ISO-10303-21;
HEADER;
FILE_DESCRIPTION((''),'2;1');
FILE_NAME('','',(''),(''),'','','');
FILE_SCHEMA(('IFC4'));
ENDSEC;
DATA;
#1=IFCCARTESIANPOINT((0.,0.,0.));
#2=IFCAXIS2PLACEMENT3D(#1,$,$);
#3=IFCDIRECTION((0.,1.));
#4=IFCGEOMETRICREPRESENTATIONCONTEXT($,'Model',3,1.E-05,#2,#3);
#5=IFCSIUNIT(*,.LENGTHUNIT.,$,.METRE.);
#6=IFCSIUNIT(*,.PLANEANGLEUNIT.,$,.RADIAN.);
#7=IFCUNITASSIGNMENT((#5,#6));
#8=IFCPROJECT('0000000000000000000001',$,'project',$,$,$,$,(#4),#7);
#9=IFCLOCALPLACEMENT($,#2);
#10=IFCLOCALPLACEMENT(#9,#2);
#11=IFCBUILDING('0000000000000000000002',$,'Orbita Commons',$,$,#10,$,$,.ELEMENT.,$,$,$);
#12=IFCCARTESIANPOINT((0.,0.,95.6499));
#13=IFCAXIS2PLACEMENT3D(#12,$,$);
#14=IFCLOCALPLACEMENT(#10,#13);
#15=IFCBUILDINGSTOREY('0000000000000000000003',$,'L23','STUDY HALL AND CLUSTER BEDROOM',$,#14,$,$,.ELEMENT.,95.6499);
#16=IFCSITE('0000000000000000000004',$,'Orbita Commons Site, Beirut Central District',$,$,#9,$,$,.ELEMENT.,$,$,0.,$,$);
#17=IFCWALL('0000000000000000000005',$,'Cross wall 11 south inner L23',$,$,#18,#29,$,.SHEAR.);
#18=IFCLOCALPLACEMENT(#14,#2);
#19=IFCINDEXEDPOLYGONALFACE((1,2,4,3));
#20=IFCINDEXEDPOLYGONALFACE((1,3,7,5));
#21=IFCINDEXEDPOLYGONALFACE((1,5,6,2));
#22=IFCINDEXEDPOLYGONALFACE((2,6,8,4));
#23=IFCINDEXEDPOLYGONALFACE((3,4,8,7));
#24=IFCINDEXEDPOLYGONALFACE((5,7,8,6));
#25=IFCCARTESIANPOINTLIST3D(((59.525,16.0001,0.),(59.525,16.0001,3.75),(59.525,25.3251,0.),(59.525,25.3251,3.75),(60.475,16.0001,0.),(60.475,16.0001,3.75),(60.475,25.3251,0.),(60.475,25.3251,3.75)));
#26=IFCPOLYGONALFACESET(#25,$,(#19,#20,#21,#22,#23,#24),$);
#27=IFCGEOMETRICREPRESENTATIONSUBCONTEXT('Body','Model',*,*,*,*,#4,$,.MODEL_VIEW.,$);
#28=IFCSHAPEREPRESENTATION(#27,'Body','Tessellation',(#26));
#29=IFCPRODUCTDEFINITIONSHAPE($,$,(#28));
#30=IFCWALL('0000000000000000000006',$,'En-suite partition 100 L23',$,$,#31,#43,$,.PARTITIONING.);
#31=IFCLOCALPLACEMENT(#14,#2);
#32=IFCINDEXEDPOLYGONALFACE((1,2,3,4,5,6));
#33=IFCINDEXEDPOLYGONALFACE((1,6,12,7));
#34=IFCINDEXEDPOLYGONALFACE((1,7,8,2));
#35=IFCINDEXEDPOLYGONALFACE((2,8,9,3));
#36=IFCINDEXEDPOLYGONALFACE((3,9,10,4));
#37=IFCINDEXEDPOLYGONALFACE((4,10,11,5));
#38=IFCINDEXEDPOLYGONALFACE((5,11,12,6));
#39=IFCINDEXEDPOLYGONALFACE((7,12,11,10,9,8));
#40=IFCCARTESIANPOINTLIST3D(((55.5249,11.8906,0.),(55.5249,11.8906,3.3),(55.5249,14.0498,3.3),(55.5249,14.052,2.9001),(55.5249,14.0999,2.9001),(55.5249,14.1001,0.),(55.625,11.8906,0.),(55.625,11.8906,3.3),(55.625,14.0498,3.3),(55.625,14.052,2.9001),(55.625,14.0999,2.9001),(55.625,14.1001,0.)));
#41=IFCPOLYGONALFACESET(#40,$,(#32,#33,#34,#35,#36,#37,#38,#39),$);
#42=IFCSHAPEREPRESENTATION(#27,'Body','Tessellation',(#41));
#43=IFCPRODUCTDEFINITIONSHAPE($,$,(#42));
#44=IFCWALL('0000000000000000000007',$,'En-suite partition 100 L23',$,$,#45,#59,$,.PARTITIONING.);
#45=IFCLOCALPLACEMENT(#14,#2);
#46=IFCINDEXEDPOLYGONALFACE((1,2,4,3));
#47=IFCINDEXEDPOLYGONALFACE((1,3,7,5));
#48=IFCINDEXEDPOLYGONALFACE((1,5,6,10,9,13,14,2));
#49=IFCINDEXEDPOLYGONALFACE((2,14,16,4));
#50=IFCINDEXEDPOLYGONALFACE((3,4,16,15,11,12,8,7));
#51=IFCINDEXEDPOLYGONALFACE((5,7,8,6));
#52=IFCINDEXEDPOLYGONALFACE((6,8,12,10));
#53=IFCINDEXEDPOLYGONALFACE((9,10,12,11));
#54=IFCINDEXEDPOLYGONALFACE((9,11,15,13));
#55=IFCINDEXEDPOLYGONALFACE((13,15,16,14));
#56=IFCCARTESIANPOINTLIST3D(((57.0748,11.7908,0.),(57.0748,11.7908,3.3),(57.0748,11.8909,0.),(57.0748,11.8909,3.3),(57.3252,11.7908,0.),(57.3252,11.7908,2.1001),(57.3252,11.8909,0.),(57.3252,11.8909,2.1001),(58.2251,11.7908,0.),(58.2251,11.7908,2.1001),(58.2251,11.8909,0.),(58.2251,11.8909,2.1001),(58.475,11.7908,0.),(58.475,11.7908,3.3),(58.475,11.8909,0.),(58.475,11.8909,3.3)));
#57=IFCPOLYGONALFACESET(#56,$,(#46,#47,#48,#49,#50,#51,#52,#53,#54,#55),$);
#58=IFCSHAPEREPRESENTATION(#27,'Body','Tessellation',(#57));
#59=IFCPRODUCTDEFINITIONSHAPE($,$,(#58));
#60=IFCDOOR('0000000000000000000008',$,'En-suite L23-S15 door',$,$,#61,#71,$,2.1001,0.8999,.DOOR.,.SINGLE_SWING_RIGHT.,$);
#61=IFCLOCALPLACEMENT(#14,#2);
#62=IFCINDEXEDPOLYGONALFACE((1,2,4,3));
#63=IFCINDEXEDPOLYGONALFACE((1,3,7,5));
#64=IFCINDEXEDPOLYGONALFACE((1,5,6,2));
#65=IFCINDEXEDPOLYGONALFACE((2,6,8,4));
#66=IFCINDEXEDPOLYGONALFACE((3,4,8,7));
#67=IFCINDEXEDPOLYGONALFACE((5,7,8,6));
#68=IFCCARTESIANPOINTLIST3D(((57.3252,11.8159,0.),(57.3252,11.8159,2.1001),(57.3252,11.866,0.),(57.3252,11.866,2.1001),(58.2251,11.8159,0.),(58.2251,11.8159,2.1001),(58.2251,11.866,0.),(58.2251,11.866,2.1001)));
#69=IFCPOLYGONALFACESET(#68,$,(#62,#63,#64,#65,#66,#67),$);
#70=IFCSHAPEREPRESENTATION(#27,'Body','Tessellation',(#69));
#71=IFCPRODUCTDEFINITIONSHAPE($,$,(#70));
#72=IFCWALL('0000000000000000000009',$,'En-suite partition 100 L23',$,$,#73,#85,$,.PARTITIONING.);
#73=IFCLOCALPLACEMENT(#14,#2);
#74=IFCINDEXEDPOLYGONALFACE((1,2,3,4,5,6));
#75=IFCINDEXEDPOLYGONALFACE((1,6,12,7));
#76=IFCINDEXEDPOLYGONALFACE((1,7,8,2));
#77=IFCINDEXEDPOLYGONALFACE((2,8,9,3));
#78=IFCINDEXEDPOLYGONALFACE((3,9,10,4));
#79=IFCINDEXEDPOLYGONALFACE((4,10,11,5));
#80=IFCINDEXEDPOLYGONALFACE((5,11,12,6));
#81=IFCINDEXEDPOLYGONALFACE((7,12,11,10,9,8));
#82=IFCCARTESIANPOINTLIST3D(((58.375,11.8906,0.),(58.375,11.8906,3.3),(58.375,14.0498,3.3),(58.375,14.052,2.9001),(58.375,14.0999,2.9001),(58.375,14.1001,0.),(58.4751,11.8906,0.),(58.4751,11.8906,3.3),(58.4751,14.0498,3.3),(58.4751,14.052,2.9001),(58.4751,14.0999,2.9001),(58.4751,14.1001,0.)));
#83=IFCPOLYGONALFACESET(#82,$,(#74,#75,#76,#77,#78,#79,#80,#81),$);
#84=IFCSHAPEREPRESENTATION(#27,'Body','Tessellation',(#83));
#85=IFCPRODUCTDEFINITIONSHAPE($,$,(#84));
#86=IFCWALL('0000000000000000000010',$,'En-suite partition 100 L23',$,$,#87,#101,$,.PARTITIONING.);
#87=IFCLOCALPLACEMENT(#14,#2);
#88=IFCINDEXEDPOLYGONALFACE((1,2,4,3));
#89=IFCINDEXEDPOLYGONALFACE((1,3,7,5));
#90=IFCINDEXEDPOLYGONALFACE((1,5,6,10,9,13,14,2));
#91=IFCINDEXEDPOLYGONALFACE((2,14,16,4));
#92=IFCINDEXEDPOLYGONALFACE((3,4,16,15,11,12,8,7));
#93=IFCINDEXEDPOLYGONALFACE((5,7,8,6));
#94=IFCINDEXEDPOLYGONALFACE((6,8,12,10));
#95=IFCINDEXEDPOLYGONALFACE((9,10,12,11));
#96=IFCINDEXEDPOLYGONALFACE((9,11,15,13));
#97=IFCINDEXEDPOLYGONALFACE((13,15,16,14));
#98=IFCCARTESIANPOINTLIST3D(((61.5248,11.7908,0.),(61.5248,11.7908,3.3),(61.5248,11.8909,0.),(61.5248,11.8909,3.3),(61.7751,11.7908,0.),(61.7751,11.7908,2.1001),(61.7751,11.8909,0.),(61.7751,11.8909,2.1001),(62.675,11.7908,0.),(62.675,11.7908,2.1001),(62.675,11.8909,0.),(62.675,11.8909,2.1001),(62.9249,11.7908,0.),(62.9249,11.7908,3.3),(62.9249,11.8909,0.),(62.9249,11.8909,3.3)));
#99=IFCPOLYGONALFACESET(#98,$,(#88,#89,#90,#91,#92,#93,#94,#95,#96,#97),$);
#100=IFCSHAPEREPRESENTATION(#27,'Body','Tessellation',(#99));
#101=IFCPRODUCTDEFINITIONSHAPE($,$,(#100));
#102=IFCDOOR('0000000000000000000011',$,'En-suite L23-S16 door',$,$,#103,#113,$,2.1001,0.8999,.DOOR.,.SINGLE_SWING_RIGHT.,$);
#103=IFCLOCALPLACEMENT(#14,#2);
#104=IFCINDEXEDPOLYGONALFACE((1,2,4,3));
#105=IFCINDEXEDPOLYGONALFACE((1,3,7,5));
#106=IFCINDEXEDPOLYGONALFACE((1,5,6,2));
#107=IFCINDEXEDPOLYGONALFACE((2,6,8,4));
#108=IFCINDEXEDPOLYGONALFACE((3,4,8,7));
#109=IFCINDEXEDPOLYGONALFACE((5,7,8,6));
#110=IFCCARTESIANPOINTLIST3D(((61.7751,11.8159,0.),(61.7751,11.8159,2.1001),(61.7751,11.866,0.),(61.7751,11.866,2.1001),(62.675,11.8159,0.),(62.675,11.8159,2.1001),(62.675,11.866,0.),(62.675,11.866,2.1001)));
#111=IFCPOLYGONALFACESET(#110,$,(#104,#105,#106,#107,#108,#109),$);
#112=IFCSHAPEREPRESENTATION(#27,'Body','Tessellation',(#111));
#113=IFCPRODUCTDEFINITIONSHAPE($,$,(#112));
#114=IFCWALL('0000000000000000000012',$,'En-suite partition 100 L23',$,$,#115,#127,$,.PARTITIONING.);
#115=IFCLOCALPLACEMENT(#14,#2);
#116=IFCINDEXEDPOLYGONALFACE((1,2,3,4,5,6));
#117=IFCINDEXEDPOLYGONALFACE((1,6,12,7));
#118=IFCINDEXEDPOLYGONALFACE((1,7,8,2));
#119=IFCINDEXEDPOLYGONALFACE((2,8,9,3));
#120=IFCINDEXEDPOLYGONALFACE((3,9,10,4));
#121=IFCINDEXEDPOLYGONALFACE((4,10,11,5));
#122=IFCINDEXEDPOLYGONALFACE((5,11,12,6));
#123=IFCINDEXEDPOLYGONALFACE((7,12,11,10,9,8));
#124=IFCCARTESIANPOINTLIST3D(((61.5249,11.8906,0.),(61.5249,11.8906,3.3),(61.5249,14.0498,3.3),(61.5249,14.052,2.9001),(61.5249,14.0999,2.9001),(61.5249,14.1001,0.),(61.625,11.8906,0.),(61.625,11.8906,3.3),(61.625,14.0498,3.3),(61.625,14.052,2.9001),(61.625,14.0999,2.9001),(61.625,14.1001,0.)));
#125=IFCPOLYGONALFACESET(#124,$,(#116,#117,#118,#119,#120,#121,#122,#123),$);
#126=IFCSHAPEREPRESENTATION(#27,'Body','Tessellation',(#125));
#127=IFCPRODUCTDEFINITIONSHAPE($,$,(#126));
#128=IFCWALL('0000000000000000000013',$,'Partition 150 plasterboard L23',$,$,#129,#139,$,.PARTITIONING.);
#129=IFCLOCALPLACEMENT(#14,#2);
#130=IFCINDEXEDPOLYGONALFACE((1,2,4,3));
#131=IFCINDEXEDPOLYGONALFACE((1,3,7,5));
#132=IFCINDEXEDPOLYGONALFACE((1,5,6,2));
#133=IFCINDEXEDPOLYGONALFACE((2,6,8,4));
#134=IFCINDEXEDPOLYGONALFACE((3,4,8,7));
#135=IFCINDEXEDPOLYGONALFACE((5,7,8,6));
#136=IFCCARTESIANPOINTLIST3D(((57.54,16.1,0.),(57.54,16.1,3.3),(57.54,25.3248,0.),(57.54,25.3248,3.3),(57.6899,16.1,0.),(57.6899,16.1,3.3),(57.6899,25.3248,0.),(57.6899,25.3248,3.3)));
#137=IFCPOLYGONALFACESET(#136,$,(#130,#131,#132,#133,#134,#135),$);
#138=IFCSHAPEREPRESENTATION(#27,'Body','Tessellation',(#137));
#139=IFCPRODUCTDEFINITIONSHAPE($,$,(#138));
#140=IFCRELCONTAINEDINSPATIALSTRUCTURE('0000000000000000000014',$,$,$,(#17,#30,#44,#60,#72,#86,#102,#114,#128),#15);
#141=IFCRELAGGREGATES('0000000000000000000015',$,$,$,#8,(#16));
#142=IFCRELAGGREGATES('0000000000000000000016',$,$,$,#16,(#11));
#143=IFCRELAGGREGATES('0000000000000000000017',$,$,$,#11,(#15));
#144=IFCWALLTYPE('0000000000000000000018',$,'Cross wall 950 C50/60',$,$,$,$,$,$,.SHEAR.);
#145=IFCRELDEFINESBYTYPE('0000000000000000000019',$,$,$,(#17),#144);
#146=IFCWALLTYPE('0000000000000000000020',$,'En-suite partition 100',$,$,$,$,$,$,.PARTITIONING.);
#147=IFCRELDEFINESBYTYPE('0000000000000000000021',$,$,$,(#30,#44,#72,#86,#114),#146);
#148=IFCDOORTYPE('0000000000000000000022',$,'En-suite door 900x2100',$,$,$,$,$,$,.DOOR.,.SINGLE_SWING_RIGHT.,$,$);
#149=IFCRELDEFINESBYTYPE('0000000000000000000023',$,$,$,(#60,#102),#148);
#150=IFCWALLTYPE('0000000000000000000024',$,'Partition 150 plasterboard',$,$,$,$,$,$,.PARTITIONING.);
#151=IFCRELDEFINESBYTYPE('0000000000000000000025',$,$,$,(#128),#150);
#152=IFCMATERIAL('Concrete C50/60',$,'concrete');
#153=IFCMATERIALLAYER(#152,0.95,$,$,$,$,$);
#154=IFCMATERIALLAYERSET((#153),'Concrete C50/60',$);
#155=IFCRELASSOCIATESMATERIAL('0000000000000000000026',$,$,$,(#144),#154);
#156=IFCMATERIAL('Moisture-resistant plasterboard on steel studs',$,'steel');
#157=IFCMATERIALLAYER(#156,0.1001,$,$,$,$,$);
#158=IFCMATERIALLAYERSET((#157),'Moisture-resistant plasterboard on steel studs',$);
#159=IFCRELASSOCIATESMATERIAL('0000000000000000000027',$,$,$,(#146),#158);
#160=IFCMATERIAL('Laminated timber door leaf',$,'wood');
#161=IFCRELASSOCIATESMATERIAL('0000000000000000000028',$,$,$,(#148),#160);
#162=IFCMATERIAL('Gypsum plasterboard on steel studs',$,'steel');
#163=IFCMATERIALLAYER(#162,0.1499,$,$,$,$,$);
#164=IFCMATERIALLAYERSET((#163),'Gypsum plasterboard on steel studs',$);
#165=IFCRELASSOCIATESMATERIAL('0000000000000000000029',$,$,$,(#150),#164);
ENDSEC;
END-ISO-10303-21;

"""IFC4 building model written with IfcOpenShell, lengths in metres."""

from ifc_helpers import new_model, si_unit, direction, frame, frame_2d, origin, place, context, subcontext, project, spatial, polyline, rectangle, outline, extrude, material, layer, layer_set, type_object, element, fill, save


model = new_model("IFC4")

# Units and contexts
model_context = context("Model", 3, precision=1e-05, world=origin(), true_north=direction((0.0, 1.0)))
body_context = subcontext(model_context, "Body", "Model", "MODEL_VIEW")
ifc_project = project(units=[si_unit("LENGTHUNIT", "METRE"), si_unit("PLANEANGLEUNIT", "RADIAN")], contexts=[model_context])

# Site, building, storey
site_placement = place(None, origin())
site = spatial("IfcSite", under=ifc_project, at=site_placement, Name="Orbita Commons Site, Beirut Central District", CompositionType="ELEMENT", RefElevation=0.0)
building_placement = place(site_placement, origin())
building = spatial("IfcBuilding", under=site, at=building_placement, Name="Orbita Commons", CompositionType="ELEMENT")
storey_placement = place(building_placement, frame((0.0, 0.0, 95.6499)))
storey = spatial("IfcBuildingStorey", under=building, at=storey_placement, Name="L23", Description="STUDY HALL AND CLUSTER BEDROOM", CompositionType="ELEMENT", Elevation=95.6499)

# Walls
ifc_material_1 = material(Name="Concrete C50/60", Category="concrete")
ifc_layer_1 = layer(ifc_material_1, 0.95)
ifc_layer_set_1 = layer_set([ifc_layer_1], Name="Concrete C50/60")
wall_type_1 = type_object("IfcWallType", Name="Cross wall 950 C50/60", PredefinedType="SHEAR", material=ifc_layer_set_1)
wall_1_placement = place(storey_placement, frame((60.0, 16.0, 0.0), z_axis=(0.0, 0.0, 1.0), x_axis=(0.0, 1.0, 0.0)))
element("IfcWall", 1, at=wall_1_placement, inside=storey, type_object=wall_type_1, Name="Cross wall 11 south inner L23", PredefinedType="SHEAR", context=body_context, shape_type="SweptSolid", body=[
    extrude(rectangle(XDim=9.325, YDim=0.95, at=frame_2d((4.6626, 0.0))), origin(), (0.0, 0.0, 1.0), 3.75),
])
ifc_material_2 = material(Name="Moisture-resistant plasterboard on steel studs", Category="steel")
ifc_layer_2 = layer(ifc_material_2, 0.1001)
ifc_layer_set_2 = layer_set([ifc_layer_2], Name="Moisture-resistant plasterboard on steel studs")
wall_type_2 = type_object("IfcWallType", Name="En-suite partition 100", PredefinedType="PARTITIONING", material=ifc_layer_set_2)
wall_2_placement = place(storey_placement, frame((55.575, 11.8906, 0.0), z_axis=(0.0, 0.0, 1.0), x_axis=(0.0, 1.0, 0.0)))
element("IfcWall", 2, at=wall_2_placement, inside=storey, type_object=wall_type_2, Name="En-suite partition 100 L23", PredefinedType="PARTITIONING", context=body_context, shape_type="SweptSolid", body=[
    extrude(outline(polyline([(0.0, 0.0), (2.2095, 0.0), (2.2092, 2.9001), (2.1614, 2.9001), (2.1592, 3.3), (0.0, 3.3), (0.0, 0.0)])), frame((0.0, 0.05, 0.0), z_axis=(0.0, -1.0, 0.0), x_axis=(1.0, 0.0, 0.0)), (0.0, 0.0, 1.0), 0.1001),
])

# Wall, opening, door
wall_3_placement = place(storey_placement, frame((58.4751, 11.8408, 0.0), z_axis=(0.0, 0.0, 1.0), x_axis=(-1.0, 0.0, 0.0)))
wall_3 = element("IfcWall", 3, at=wall_3_placement, inside=storey, type_object=wall_type_2, Name="En-suite partition 100 L23", PredefinedType="PARTITIONING", context=body_context, shape_type="SweptSolid", body=[
    extrude(rectangle(XDim=1.4001, YDim=0.1001, at=frame_2d((0.7002, 0.0))), origin(), (0.0, 0.0, 1.0), 3.3),
])
opening_1_placement = place(wall_3_placement, frame((0.25, 0.0, 0.0)))
opening_1 = element("IfcOpeningElement", 4, at=opening_1_placement, cuts=wall_3, PredefinedType="OPENING", context=body_context, shape_type="SweptSolid", body=[
    extrude(rectangle(XDim=0.8999, YDim=2.1001, at=frame_2d((0.45, 1.05))), frame((0.0, 0.0601, 0.0), z_axis=(0.0, -1.0, 0.0), x_axis=(1.0, 0.0, 0.0)), (0.0, 0.0, 1.0), 0.1201),
])
ifc_material_3 = material(Name="Laminated timber door leaf", Category="wood")
door_type_1 = type_object("IfcDoorType", Name="En-suite door 900x2100", OperationType="SINGLE_SWING_RIGHT", PredefinedType="DOOR", material=ifc_material_3)
door_1_placement = place(opening_1_placement, origin())
door_1 = element("IfcDoor", 5, at=door_1_placement, inside=storey, type_object=door_type_1, Name="En-suite L23-S15 door", OperationType="SINGLE_SWING_RIGHT", OverallHeight=2.1001, OverallWidth=0.8999, PredefinedType="DOOR", context=body_context, shape_type="SweptSolid", body=[
    extrude(rectangle(XDim=0.8999, YDim=2.1001, at=frame_2d((0.45, 1.05))), frame((0.0, 0.0249, 0.0), z_axis=(0.0, -1.0, 0.0), x_axis=(1.0, 0.0, 0.0)), (0.0, 0.0, 1.0), 0.05),
])
fill(opening_1, door_1)

# Wall
wall_4_placement = place(storey_placement, frame((58.425, 11.8906, 0.0), z_axis=(0.0, 0.0, 1.0), x_axis=(0.0, 1.0, 0.0)))
element("IfcWall", 6, at=wall_4_placement, inside=storey, type_object=wall_type_2, Name="En-suite partition 100 L23", PredefinedType="PARTITIONING", context=body_context, shape_type="SweptSolid", body=[
    extrude(outline(polyline([(0.0, 0.0), (2.2095, 0.0), (2.2092, 2.9001), (2.1614, 2.9001), (2.1592, 3.3), (0.0, 3.3), (0.0, 0.0)])), frame((0.0, 0.05, 0.0), z_axis=(0.0, -1.0, 0.0), x_axis=(1.0, 0.0, 0.0)), (0.0, 0.0, 1.0), 0.1001),
])

# Wall, opening, door
wall_5_placement = place(storey_placement, frame((62.925, 11.8408, 0.0), z_axis=(0.0, 0.0, 1.0), x_axis=(-1.0, 0.0, 0.0)))
wall_5 = element("IfcWall", 7, at=wall_5_placement, inside=storey, type_object=wall_type_2, Name="En-suite partition 100 L23", PredefinedType="PARTITIONING", context=body_context, shape_type="SweptSolid", body=[
    extrude(rectangle(XDim=1.4001, YDim=0.1001, at=frame_2d((0.7002, 0.0))), origin(), (0.0, 0.0, 1.0), 3.3),
])
opening_2_placement = place(wall_5_placement, frame((0.25, 0.0, 0.0)))
opening_2 = element("IfcOpeningElement", 8, at=opening_2_placement, cuts=wall_5, PredefinedType="OPENING", context=body_context, shape_type="SweptSolid", body=[
    extrude(rectangle(XDim=0.8999, YDim=2.1001, at=frame_2d((0.45, 1.05))), frame((0.0, 0.0601, 0.0), z_axis=(0.0, -1.0, 0.0), x_axis=(1.0, 0.0, 0.0)), (0.0, 0.0, 1.0), 0.1201),
])
door_2_placement = place(opening_2_placement, origin())
door_2 = element("IfcDoor", 9, at=door_2_placement, inside=storey, type_object=door_type_1, Name="En-suite L23-S16 door", OperationType="SINGLE_SWING_RIGHT", OverallHeight=2.1001, OverallWidth=0.8999, PredefinedType="DOOR", context=body_context, shape_type="SweptSolid", body=[
    extrude(rectangle(XDim=0.8999, YDim=2.1001, at=frame_2d((0.45, 1.05))), frame((0.0, 0.0249, 0.0), z_axis=(0.0, -1.0, 0.0), x_axis=(1.0, 0.0, 0.0)), (0.0, 0.0, 1.0), 0.05),
])
fill(opening_2, door_2)

# Walls
wall_6_placement = place(storey_placement, frame((61.575, 11.8906, 0.0), z_axis=(0.0, 0.0, 1.0), x_axis=(0.0, 1.0, 0.0)))
element("IfcWall", 10, at=wall_6_placement, inside=storey, type_object=wall_type_2, Name="En-suite partition 100 L23", PredefinedType="PARTITIONING", context=body_context, shape_type="SweptSolid", body=[
    extrude(outline(polyline([(0.0, 0.0), (2.2095, 0.0), (2.2092, 2.9001), (2.1614, 2.9001), (2.1592, 3.3), (0.0, 3.3), (0.0, 0.0)])), frame((0.0, 0.05, 0.0), z_axis=(0.0, -1.0, 0.0), x_axis=(1.0, 0.0, 0.0)), (0.0, 0.0, 1.0), 0.1001),
])
ifc_material_4 = material(Name="Gypsum plasterboard on steel studs", Category="steel")
ifc_layer_3 = layer(ifc_material_4, 0.1499)
ifc_layer_set_3 = layer_set([ifc_layer_3], Name="Gypsum plasterboard on steel studs")
wall_type_3 = type_object("IfcWallType", Name="Partition 150 plasterboard", PredefinedType="PARTITIONING", material=ifc_layer_set_3)
wall_7_placement = place(storey_placement, frame((57.615, 16.1001, 0.0), z_axis=(0.0, 0.0, 1.0), x_axis=(0.0, 1.0, 0.0)))
element("IfcWall", 11, at=wall_7_placement, inside=storey, type_object=wall_type_3, Name="Partition 150 plasterboard L23", PredefinedType="PARTITIONING", context=body_context, shape_type="SweptSolid", body=[
    extrude(rectangle(XDim=9.2249, YDim=0.1499, at=frame_2d((4.6123, 0.0))), origin(), (0.0, 0.0, 1.0), 3.3),
])

save(model, "model.ifc")
